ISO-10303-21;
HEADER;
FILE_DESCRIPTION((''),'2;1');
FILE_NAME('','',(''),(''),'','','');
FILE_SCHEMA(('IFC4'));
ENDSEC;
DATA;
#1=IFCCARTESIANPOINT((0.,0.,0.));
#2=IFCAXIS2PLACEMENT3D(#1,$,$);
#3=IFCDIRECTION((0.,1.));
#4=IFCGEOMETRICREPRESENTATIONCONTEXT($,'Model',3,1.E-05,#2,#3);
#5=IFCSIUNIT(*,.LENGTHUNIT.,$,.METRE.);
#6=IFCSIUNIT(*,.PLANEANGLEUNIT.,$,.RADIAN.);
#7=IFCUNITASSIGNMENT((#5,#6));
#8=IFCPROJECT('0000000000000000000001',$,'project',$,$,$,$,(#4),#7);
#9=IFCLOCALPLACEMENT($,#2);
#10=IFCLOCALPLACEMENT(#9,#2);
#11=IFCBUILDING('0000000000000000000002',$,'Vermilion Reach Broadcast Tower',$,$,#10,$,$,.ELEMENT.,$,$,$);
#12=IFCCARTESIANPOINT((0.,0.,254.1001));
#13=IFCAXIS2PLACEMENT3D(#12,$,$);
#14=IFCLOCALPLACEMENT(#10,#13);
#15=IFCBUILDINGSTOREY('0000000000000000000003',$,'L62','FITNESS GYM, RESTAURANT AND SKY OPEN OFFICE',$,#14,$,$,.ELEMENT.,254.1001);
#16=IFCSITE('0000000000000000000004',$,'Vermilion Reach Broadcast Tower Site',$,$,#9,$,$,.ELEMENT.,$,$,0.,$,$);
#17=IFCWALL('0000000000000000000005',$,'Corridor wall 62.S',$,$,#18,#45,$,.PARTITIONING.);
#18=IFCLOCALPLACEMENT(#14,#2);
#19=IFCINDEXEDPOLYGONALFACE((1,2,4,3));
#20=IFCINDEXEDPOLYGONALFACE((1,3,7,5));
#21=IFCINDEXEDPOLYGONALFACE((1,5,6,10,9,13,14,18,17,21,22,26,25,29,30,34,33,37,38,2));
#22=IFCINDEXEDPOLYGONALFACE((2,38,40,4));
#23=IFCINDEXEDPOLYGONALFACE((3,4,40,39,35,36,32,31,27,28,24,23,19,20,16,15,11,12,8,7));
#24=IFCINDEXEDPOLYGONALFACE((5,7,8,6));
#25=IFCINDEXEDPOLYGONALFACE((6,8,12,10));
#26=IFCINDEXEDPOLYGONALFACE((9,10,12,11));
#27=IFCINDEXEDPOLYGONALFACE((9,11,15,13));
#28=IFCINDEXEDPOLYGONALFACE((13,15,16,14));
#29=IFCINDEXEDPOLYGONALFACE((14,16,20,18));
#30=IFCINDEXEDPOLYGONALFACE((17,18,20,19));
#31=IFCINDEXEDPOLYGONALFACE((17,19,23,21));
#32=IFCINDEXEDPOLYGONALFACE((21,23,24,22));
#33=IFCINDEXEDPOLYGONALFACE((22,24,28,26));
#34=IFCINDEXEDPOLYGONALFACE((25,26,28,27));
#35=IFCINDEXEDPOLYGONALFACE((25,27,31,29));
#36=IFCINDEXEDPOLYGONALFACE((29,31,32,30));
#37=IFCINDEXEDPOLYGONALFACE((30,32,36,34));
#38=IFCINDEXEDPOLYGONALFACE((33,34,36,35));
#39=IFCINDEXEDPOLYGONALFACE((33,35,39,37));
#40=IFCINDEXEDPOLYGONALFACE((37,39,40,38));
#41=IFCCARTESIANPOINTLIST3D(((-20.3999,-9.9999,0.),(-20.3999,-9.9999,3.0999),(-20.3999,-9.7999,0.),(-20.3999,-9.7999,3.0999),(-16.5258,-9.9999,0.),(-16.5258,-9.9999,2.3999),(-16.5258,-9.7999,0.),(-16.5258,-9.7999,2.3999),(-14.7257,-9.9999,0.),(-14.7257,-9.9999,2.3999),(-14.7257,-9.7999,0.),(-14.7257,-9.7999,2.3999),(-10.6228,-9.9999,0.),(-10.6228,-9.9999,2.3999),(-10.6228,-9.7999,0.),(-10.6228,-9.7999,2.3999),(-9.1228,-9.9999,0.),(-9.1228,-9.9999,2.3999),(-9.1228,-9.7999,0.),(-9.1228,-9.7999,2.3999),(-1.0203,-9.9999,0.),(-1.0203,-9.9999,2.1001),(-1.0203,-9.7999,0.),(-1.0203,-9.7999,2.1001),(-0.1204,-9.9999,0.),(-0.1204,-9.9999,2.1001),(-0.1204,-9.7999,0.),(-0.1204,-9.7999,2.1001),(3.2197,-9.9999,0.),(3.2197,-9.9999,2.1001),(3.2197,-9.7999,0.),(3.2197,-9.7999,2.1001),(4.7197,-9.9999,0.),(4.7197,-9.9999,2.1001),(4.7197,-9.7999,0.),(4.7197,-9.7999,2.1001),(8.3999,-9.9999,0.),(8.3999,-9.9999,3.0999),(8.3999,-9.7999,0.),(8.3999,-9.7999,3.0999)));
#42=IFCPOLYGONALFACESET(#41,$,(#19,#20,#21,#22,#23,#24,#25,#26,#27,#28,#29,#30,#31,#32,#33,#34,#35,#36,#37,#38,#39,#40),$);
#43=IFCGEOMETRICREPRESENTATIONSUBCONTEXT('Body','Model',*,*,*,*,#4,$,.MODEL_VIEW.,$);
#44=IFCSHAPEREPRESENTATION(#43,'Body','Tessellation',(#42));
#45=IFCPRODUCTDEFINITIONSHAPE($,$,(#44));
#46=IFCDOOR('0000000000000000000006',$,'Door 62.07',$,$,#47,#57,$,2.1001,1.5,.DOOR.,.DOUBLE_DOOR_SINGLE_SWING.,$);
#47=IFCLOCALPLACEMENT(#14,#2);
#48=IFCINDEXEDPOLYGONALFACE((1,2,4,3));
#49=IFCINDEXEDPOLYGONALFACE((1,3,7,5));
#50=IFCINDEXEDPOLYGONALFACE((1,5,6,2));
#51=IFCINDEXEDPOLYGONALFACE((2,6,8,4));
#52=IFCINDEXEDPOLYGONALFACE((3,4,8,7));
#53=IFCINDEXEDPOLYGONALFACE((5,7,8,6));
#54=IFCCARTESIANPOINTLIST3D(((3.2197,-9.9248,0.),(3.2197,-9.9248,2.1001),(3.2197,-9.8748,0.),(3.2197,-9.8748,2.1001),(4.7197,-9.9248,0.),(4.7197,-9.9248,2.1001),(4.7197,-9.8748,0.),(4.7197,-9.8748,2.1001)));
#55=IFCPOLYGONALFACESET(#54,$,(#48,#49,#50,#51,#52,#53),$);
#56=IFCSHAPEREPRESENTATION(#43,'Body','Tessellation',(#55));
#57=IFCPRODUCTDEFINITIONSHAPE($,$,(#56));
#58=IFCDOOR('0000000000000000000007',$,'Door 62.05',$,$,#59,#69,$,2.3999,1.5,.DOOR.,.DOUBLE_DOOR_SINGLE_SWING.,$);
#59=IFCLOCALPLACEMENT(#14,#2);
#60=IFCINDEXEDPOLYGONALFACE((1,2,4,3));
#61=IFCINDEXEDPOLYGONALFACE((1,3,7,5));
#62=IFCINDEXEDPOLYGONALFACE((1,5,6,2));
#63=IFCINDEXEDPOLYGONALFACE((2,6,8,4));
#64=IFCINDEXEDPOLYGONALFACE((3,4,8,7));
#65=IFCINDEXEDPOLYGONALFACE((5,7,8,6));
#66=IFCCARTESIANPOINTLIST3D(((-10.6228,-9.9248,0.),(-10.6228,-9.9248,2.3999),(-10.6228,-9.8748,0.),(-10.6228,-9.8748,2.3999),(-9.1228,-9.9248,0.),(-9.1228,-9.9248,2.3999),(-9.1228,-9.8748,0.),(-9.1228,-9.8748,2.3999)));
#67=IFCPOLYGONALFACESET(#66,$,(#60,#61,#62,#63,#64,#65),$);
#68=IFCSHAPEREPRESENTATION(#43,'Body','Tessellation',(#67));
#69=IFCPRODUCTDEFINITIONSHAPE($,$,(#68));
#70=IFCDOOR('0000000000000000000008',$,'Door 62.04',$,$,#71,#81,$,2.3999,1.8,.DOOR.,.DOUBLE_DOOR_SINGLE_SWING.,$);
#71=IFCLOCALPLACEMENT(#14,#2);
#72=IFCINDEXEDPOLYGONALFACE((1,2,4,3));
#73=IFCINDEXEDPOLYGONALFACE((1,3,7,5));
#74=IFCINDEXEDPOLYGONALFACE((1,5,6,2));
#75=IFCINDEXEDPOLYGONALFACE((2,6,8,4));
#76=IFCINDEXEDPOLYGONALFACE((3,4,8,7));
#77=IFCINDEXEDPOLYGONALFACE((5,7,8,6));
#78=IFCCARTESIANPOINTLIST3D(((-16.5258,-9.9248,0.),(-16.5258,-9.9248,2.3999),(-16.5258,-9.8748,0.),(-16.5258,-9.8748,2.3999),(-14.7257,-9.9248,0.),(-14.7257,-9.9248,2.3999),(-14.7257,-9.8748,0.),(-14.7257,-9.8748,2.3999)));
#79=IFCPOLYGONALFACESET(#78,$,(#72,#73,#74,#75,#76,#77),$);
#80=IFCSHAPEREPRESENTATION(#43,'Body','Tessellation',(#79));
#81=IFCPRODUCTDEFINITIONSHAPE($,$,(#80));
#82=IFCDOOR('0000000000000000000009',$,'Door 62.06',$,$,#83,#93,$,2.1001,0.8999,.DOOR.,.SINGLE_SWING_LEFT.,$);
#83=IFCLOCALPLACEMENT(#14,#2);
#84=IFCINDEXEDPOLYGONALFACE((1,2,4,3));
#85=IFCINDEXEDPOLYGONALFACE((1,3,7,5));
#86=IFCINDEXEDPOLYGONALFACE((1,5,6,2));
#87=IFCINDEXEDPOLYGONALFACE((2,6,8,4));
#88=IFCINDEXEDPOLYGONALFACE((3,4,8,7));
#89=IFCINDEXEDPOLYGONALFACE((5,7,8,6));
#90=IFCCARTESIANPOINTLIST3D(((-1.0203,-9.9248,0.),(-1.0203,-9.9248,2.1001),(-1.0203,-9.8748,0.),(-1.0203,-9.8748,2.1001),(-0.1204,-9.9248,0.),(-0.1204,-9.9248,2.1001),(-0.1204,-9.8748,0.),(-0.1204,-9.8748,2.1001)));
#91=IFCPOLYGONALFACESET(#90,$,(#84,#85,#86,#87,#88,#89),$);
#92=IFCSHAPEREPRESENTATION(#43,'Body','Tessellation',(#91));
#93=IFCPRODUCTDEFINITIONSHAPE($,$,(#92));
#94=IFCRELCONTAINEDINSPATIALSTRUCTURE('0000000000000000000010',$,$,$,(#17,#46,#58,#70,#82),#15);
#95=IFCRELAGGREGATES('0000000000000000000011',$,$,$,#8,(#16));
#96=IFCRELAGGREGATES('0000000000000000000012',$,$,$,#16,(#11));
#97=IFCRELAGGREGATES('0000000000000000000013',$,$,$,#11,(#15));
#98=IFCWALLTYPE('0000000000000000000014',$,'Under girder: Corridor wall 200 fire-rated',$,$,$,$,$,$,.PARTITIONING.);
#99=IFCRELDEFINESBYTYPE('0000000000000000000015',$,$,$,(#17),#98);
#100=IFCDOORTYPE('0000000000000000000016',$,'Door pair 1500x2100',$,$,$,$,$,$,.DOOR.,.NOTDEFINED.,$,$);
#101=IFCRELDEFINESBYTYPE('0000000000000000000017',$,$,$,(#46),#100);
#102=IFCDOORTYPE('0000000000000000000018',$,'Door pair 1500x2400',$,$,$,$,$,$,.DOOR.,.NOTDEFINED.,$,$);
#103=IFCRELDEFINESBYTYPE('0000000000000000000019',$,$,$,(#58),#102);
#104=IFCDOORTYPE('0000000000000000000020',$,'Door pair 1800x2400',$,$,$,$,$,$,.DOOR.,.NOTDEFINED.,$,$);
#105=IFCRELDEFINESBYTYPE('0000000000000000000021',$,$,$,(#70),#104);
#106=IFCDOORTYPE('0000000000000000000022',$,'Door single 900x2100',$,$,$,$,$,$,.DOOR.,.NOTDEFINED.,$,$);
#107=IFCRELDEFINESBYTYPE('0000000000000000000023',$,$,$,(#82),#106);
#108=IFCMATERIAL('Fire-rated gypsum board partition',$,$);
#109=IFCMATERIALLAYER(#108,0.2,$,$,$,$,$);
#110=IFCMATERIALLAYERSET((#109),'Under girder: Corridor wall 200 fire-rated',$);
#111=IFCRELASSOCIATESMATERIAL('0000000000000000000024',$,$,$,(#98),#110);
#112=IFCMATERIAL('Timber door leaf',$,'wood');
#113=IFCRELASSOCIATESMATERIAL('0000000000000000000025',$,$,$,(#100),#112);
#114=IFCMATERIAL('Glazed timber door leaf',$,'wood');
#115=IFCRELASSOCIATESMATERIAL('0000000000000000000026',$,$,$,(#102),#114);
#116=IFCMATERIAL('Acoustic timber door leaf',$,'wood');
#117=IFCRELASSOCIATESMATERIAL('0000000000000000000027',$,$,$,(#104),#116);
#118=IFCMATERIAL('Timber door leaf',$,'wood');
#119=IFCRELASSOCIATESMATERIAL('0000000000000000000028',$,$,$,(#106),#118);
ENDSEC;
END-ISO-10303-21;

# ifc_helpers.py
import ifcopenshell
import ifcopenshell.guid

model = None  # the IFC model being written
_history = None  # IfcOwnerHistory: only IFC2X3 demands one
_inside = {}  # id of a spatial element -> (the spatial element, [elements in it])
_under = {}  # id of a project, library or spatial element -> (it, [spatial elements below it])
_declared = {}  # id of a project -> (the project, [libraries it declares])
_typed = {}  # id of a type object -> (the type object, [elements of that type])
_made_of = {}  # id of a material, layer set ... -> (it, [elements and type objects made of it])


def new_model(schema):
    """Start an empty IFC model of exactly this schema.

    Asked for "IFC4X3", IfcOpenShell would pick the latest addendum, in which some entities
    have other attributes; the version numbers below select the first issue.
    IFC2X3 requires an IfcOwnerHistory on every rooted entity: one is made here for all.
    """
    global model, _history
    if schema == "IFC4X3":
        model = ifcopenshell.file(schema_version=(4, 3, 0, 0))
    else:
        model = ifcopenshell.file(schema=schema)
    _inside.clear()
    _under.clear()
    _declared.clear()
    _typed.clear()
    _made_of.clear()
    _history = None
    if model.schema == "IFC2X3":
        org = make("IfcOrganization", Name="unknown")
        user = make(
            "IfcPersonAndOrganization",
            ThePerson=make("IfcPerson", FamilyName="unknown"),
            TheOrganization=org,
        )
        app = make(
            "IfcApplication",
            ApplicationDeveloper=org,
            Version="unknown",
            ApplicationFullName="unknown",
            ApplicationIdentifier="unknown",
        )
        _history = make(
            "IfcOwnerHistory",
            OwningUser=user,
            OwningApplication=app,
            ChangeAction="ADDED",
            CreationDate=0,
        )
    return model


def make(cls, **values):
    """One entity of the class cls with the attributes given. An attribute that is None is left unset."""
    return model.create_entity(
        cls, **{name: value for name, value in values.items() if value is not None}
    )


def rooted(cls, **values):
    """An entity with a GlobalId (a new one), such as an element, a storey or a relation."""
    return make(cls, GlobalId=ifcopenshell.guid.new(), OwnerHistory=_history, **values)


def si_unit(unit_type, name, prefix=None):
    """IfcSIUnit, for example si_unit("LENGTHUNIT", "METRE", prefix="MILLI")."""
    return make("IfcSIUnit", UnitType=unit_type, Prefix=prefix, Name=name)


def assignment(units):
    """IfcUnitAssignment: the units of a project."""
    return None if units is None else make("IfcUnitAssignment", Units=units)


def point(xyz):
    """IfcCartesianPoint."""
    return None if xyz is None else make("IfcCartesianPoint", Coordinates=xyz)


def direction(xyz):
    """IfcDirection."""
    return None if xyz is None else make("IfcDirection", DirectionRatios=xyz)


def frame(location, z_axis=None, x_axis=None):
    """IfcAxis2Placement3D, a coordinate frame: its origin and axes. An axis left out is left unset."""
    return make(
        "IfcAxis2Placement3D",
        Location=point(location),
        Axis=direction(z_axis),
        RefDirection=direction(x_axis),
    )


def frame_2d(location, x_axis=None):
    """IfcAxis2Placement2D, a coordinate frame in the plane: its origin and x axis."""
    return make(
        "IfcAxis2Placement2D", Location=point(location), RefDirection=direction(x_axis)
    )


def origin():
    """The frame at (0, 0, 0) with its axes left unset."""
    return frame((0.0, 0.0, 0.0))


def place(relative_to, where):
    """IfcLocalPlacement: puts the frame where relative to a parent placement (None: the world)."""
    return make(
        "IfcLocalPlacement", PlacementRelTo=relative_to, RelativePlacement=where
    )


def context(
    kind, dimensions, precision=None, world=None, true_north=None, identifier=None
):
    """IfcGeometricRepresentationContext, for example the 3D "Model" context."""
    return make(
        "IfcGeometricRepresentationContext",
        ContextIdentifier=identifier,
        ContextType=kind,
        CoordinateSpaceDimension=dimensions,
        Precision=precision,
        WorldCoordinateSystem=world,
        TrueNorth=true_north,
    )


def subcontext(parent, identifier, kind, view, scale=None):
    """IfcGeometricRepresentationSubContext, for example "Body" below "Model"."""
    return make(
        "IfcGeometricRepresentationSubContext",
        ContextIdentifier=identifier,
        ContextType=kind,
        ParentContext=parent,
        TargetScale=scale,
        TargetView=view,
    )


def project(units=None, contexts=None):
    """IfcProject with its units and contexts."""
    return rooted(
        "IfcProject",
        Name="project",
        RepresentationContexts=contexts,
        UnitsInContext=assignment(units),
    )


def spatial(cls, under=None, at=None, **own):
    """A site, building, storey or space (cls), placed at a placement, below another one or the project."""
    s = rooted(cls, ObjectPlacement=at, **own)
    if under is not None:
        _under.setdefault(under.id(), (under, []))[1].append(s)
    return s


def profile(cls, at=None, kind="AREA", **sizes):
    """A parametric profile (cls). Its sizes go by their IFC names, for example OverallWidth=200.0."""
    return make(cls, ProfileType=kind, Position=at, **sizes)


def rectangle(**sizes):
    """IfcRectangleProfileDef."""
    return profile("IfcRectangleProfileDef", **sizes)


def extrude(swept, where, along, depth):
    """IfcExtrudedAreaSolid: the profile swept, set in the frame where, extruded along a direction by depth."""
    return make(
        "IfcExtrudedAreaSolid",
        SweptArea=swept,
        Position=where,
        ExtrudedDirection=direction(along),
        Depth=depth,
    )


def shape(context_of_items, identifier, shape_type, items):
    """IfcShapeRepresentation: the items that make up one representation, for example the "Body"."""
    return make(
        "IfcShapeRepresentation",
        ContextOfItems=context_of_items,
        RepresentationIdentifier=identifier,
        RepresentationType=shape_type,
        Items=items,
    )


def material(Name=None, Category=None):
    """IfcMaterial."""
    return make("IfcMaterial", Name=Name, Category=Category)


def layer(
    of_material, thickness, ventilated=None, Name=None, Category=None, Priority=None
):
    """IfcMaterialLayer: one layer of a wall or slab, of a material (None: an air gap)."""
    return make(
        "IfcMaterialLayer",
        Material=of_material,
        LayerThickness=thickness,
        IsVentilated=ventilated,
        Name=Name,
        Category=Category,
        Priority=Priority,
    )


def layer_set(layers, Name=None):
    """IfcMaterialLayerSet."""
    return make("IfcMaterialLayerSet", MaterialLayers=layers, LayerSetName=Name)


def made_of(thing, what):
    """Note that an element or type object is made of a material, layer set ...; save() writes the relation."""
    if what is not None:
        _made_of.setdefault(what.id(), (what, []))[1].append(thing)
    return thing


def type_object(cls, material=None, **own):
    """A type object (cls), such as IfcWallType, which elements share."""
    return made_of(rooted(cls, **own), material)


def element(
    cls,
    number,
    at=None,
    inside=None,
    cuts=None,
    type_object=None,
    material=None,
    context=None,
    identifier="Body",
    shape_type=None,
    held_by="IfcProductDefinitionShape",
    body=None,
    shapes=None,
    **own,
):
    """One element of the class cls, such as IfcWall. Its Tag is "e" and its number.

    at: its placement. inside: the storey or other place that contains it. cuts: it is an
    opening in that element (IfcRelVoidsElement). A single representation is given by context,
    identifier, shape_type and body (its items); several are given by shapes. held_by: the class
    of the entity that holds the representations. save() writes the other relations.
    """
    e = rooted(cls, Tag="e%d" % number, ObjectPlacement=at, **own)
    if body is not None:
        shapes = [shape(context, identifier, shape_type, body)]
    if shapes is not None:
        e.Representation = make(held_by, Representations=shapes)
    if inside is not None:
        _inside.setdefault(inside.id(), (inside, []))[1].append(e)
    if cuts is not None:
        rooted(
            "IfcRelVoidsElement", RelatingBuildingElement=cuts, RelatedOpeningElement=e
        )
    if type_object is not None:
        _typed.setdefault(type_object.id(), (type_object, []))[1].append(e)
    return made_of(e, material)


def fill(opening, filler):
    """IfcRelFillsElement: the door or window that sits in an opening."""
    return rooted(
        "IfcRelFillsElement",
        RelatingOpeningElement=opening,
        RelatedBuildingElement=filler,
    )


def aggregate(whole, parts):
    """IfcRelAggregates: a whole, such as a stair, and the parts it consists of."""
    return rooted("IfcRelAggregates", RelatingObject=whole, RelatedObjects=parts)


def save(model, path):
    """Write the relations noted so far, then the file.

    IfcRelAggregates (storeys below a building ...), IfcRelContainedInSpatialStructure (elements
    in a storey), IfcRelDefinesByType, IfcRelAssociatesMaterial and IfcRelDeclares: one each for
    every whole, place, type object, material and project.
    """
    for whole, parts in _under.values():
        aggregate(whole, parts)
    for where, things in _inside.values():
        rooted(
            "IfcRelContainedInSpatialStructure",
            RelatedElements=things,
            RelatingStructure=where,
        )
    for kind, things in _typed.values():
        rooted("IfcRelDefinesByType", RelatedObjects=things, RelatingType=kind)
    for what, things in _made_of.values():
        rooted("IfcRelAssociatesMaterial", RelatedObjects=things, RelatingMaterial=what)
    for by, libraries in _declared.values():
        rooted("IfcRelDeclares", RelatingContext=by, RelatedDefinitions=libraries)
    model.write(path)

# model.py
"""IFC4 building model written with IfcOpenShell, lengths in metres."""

from ifc_helpers import new_model, si_unit, direction, frame, frame_2d, origin, place, context, subcontext, project, spatial, rectangle, extrude, material, layer, layer_set, type_object, element, fill, save


model = new_model("IFC4")

# Units and contexts
model_context = context("Model", 3, precision=1e-05, world=origin(), true_north=direction((0.0, 1.0)))
body_context = subcontext(model_context, "Body", "Model", "MODEL_VIEW")
ifc_project = project(units=[si_unit("LENGTHUNIT", "METRE"), si_unit("PLANEANGLEUNIT", "RADIAN")], contexts=[model_context])

# Site, building, storey
site_placement = place(None, origin())
site = spatial("IfcSite", under=ifc_project, at=site_placement, Name="Vermilion Reach Broadcast Tower Site", CompositionType="ELEMENT", RefElevation=0.0)
building_placement = place(site_placement, origin())
building = spatial("IfcBuilding", under=site, at=building_placement, Name="Vermilion Reach Broadcast Tower", CompositionType="ELEMENT")
storey_placement = place(building_placement, frame((0.0, 0.0, 254.1001)))
storey = spatial("IfcBuildingStorey", under=building, at=storey_placement, Name="L62", Description="FITNESS GYM, RESTAURANT AND SKY OPEN OFFICE", CompositionType="ELEMENT", Elevation=254.1001)

# Wall, openings, doors
ifc_material_1 = material(Name="Fire-rated gypsum board partition")
ifc_layer_1 = layer(ifc_material_1, 0.2)
ifc_layer_set_1 = layer_set([ifc_layer_1], Name="Under girder: Corridor wall 200 fire-rated")
wall_type_1 = type_object("IfcWallType", Name="Under girder: Corridor wall 200 fire-rated", PredefinedType="PARTITIONING", material=ifc_layer_set_1)
wall_1_placement = place(storey_placement, frame((8.3999, -9.8999, 0.0), z_axis=(0.0, 0.0, 1.0), x_axis=(-1.0, 0.0, 0.0)))
wall_1 = element("IfcWall", 1, at=wall_1_placement, inside=storey, type_object=wall_type_1, Name="Corridor wall 62.S", PredefinedType="PARTITIONING", context=body_context, shape_type="SweptSolid", body=[
    extrude(rectangle(XDim=28.7998, YDim=0.2, at=frame_2d((14.3999, 0.0))), origin(), (0.0, 0.0, 1.0), 3.0999),
])
opening_1_placement = place(wall_1_placement, frame((23.1257, 0.0, 0.0)))
opening_1 = element("IfcOpeningElement", 2, at=opening_1_placement, cuts=wall_1, PredefinedType="OPENING", context=body_context, shape_type="SweptSolid", body=[
    extrude(rectangle(XDim=1.8, YDim=2.3999, at=frame_2d((0.8999, 1.2))), frame((0.0, 0.1099, 0.0), z_axis=(0.0, -1.0, 0.0), x_axis=(1.0, 0.0, 0.0)), (0.0, 0.0, 1.0), 0.22),
])
opening_2_placement = place(wall_1_placement, frame((17.5227, 0.0, 0.0)))
opening_2 = element("IfcOpeningElement", 3, at=opening_2_placement, cuts=wall_1, PredefinedType="OPENING", context=body_context, shape_type="SweptSolid", body=[
    extrude(rectangle(XDim=1.5, YDim=2.3999, at=frame_2d((0.75, 1.2))), frame((0.0, 0.1099, 0.0), z_axis=(0.0, -1.0, 0.0), x_axis=(1.0, 0.0, 0.0)), (0.0, 0.0, 1.0), 0.22),
])
opening_3_placement = place(wall_1_placement, frame((8.5203, 0.0, 0.0)))
opening_3 = element("IfcOpeningElement", 4, at=opening_3_placement, cuts=wall_1, PredefinedType="OPENING", context=body_context, shape_type="SweptSolid", body=[
    extrude(rectangle(XDim=0.8999, YDim=2.1001, at=frame_2d((0.45, 1.05))), frame((0.0, 0.1099, 0.0), z_axis=(0.0, -1.0, 0.0), x_axis=(1.0, 0.0, 0.0)), (0.0, 0.0, 1.0), 0.22),
])
opening_4_placement = place(wall_1_placement, frame((3.6802, 0.0, 0.0)))
opening_4 = element("IfcOpeningElement", 5, at=opening_4_placement, cuts=wall_1, PredefinedType="OPENING", context=body_context, shape_type="SweptSolid", body=[
    extrude(rectangle(XDim=1.5, YDim=2.1001, at=frame_2d((0.75, 1.05))), frame((0.0, 0.1099, 0.0), z_axis=(0.0, -1.0, 0.0), x_axis=(1.0, 0.0, 0.0)), (0.0, 0.0, 1.0), 0.22),
])
ifc_material_2 = material(Name="Timber door leaf", Category="wood")
door_type_1 = type_object("IfcDoorType", Name="Door pair 1500x2100", OperationType="NOTDEFINED", PredefinedType="DOOR", material=ifc_material_2)
door_1_placement = place(opening_4_placement, origin())
door_1 = element("IfcDoor", 6, at=door_1_placement, inside=storey, type_object=door_type_1, Name="Door 62.07", OperationType="DOUBLE_DOOR_SINGLE_SWING", OverallHeight=2.1001, OverallWidth=1.5, PredefinedType="DOOR", context=body_context, shape_type="SweptSolid", body=[
    extrude(rectangle(XDim=1.5, YDim=2.1001, at=frame_2d((0.75, 1.05))), frame((0.0, 0.0249, 0.0), z_axis=(0.0, -1.0, 0.0), x_axis=(1.0, 0.0, 0.0)), (0.0, 0.0, 1.0), 0.05),
])
fill(opening_4, door_1)
ifc_material_3 = material(Name="Glazed timber door leaf", Category="wood")
door_type_2 = type_object("IfcDoorType", Name="Door pair 1500x2400", OperationType="NOTDEFINED", PredefinedType="DOOR", material=ifc_material_3)
door_2_placement = place(opening_2_placement, origin())
door_2 = element("IfcDoor", 7, at=door_2_placement, inside=storey, type_object=door_type_2, Name="Door 62.05", OperationType="DOUBLE_DOOR_SINGLE_SWING", OverallHeight=2.3999, OverallWidth=1.5, PredefinedType="DOOR", context=body_context, shape_type="SweptSolid", body=[
    extrude(rectangle(XDim=1.5, YDim=2.3999, at=frame_2d((0.75, 1.2))), frame((0.0, 0.0249, 0.0), z_axis=(0.0, -1.0, 0.0), x_axis=(1.0, 0.0, 0.0)), (0.0, 0.0, 1.0), 0.05),
])
fill(opening_2, door_2)
ifc_material_4 = material(Name="Acoustic timber door leaf", Category="wood")
door_type_3 = type_object("IfcDoorType", Name="Door pair 1800x2400", OperationType="NOTDEFINED", PredefinedType="DOOR", material=ifc_material_4)
door_3_placement = place(opening_1_placement, origin())
door_3 = element("IfcDoor", 8, at=door_3_placement, inside=storey, type_object=door_type_3, Name="Door 62.04", OperationType="DOUBLE_DOOR_SINGLE_SWING", OverallHeight=2.3999, OverallWidth=1.8, PredefinedType="DOOR", context=body_context, shape_type="SweptSolid", body=[
    extrude(rectangle(XDim=1.8, YDim=2.3999, at=frame_2d((0.8999, 1.2))), frame((0.0, 0.0249, 0.0), z_axis=(0.0, -1.0, 0.0), x_axis=(1.0, 0.0, 0.0)), (0.0, 0.0, 1.0), 0.05),
])
fill(opening_1, door_3)
ifc_material_5 = material(Name="Timber door leaf", Category="wood")
door_type_4 = type_object("IfcDoorType", Name="Door single 900x2100", OperationType="NOTDEFINED", PredefinedType="DOOR", material=ifc_material_5)
door_4_placement = place(opening_3_placement, origin())
door_4 = element("IfcDoor", 9, at=door_4_placement, inside=storey, type_object=door_type_4, Name="Door 62.06", OperationType="SINGLE_SWING_LEFT", OverallHeight=2.1001, OverallWidth=0.8999, PredefinedType="DOOR", context=body_context, shape_type="SweptSolid", body=[
    extrude(rectangle(XDim=0.8999, YDim=2.1001, at=frame_2d((0.45, 1.05))), frame((0.0, 0.0249, 0.0), z_axis=(0.0, -1.0, 0.0), x_axis=(1.0, 0.0, 0.0)), (0.0, 0.0, 1.0), 0.05),
])
fill(opening_3, door_4)

save(model, "model.ifc")
